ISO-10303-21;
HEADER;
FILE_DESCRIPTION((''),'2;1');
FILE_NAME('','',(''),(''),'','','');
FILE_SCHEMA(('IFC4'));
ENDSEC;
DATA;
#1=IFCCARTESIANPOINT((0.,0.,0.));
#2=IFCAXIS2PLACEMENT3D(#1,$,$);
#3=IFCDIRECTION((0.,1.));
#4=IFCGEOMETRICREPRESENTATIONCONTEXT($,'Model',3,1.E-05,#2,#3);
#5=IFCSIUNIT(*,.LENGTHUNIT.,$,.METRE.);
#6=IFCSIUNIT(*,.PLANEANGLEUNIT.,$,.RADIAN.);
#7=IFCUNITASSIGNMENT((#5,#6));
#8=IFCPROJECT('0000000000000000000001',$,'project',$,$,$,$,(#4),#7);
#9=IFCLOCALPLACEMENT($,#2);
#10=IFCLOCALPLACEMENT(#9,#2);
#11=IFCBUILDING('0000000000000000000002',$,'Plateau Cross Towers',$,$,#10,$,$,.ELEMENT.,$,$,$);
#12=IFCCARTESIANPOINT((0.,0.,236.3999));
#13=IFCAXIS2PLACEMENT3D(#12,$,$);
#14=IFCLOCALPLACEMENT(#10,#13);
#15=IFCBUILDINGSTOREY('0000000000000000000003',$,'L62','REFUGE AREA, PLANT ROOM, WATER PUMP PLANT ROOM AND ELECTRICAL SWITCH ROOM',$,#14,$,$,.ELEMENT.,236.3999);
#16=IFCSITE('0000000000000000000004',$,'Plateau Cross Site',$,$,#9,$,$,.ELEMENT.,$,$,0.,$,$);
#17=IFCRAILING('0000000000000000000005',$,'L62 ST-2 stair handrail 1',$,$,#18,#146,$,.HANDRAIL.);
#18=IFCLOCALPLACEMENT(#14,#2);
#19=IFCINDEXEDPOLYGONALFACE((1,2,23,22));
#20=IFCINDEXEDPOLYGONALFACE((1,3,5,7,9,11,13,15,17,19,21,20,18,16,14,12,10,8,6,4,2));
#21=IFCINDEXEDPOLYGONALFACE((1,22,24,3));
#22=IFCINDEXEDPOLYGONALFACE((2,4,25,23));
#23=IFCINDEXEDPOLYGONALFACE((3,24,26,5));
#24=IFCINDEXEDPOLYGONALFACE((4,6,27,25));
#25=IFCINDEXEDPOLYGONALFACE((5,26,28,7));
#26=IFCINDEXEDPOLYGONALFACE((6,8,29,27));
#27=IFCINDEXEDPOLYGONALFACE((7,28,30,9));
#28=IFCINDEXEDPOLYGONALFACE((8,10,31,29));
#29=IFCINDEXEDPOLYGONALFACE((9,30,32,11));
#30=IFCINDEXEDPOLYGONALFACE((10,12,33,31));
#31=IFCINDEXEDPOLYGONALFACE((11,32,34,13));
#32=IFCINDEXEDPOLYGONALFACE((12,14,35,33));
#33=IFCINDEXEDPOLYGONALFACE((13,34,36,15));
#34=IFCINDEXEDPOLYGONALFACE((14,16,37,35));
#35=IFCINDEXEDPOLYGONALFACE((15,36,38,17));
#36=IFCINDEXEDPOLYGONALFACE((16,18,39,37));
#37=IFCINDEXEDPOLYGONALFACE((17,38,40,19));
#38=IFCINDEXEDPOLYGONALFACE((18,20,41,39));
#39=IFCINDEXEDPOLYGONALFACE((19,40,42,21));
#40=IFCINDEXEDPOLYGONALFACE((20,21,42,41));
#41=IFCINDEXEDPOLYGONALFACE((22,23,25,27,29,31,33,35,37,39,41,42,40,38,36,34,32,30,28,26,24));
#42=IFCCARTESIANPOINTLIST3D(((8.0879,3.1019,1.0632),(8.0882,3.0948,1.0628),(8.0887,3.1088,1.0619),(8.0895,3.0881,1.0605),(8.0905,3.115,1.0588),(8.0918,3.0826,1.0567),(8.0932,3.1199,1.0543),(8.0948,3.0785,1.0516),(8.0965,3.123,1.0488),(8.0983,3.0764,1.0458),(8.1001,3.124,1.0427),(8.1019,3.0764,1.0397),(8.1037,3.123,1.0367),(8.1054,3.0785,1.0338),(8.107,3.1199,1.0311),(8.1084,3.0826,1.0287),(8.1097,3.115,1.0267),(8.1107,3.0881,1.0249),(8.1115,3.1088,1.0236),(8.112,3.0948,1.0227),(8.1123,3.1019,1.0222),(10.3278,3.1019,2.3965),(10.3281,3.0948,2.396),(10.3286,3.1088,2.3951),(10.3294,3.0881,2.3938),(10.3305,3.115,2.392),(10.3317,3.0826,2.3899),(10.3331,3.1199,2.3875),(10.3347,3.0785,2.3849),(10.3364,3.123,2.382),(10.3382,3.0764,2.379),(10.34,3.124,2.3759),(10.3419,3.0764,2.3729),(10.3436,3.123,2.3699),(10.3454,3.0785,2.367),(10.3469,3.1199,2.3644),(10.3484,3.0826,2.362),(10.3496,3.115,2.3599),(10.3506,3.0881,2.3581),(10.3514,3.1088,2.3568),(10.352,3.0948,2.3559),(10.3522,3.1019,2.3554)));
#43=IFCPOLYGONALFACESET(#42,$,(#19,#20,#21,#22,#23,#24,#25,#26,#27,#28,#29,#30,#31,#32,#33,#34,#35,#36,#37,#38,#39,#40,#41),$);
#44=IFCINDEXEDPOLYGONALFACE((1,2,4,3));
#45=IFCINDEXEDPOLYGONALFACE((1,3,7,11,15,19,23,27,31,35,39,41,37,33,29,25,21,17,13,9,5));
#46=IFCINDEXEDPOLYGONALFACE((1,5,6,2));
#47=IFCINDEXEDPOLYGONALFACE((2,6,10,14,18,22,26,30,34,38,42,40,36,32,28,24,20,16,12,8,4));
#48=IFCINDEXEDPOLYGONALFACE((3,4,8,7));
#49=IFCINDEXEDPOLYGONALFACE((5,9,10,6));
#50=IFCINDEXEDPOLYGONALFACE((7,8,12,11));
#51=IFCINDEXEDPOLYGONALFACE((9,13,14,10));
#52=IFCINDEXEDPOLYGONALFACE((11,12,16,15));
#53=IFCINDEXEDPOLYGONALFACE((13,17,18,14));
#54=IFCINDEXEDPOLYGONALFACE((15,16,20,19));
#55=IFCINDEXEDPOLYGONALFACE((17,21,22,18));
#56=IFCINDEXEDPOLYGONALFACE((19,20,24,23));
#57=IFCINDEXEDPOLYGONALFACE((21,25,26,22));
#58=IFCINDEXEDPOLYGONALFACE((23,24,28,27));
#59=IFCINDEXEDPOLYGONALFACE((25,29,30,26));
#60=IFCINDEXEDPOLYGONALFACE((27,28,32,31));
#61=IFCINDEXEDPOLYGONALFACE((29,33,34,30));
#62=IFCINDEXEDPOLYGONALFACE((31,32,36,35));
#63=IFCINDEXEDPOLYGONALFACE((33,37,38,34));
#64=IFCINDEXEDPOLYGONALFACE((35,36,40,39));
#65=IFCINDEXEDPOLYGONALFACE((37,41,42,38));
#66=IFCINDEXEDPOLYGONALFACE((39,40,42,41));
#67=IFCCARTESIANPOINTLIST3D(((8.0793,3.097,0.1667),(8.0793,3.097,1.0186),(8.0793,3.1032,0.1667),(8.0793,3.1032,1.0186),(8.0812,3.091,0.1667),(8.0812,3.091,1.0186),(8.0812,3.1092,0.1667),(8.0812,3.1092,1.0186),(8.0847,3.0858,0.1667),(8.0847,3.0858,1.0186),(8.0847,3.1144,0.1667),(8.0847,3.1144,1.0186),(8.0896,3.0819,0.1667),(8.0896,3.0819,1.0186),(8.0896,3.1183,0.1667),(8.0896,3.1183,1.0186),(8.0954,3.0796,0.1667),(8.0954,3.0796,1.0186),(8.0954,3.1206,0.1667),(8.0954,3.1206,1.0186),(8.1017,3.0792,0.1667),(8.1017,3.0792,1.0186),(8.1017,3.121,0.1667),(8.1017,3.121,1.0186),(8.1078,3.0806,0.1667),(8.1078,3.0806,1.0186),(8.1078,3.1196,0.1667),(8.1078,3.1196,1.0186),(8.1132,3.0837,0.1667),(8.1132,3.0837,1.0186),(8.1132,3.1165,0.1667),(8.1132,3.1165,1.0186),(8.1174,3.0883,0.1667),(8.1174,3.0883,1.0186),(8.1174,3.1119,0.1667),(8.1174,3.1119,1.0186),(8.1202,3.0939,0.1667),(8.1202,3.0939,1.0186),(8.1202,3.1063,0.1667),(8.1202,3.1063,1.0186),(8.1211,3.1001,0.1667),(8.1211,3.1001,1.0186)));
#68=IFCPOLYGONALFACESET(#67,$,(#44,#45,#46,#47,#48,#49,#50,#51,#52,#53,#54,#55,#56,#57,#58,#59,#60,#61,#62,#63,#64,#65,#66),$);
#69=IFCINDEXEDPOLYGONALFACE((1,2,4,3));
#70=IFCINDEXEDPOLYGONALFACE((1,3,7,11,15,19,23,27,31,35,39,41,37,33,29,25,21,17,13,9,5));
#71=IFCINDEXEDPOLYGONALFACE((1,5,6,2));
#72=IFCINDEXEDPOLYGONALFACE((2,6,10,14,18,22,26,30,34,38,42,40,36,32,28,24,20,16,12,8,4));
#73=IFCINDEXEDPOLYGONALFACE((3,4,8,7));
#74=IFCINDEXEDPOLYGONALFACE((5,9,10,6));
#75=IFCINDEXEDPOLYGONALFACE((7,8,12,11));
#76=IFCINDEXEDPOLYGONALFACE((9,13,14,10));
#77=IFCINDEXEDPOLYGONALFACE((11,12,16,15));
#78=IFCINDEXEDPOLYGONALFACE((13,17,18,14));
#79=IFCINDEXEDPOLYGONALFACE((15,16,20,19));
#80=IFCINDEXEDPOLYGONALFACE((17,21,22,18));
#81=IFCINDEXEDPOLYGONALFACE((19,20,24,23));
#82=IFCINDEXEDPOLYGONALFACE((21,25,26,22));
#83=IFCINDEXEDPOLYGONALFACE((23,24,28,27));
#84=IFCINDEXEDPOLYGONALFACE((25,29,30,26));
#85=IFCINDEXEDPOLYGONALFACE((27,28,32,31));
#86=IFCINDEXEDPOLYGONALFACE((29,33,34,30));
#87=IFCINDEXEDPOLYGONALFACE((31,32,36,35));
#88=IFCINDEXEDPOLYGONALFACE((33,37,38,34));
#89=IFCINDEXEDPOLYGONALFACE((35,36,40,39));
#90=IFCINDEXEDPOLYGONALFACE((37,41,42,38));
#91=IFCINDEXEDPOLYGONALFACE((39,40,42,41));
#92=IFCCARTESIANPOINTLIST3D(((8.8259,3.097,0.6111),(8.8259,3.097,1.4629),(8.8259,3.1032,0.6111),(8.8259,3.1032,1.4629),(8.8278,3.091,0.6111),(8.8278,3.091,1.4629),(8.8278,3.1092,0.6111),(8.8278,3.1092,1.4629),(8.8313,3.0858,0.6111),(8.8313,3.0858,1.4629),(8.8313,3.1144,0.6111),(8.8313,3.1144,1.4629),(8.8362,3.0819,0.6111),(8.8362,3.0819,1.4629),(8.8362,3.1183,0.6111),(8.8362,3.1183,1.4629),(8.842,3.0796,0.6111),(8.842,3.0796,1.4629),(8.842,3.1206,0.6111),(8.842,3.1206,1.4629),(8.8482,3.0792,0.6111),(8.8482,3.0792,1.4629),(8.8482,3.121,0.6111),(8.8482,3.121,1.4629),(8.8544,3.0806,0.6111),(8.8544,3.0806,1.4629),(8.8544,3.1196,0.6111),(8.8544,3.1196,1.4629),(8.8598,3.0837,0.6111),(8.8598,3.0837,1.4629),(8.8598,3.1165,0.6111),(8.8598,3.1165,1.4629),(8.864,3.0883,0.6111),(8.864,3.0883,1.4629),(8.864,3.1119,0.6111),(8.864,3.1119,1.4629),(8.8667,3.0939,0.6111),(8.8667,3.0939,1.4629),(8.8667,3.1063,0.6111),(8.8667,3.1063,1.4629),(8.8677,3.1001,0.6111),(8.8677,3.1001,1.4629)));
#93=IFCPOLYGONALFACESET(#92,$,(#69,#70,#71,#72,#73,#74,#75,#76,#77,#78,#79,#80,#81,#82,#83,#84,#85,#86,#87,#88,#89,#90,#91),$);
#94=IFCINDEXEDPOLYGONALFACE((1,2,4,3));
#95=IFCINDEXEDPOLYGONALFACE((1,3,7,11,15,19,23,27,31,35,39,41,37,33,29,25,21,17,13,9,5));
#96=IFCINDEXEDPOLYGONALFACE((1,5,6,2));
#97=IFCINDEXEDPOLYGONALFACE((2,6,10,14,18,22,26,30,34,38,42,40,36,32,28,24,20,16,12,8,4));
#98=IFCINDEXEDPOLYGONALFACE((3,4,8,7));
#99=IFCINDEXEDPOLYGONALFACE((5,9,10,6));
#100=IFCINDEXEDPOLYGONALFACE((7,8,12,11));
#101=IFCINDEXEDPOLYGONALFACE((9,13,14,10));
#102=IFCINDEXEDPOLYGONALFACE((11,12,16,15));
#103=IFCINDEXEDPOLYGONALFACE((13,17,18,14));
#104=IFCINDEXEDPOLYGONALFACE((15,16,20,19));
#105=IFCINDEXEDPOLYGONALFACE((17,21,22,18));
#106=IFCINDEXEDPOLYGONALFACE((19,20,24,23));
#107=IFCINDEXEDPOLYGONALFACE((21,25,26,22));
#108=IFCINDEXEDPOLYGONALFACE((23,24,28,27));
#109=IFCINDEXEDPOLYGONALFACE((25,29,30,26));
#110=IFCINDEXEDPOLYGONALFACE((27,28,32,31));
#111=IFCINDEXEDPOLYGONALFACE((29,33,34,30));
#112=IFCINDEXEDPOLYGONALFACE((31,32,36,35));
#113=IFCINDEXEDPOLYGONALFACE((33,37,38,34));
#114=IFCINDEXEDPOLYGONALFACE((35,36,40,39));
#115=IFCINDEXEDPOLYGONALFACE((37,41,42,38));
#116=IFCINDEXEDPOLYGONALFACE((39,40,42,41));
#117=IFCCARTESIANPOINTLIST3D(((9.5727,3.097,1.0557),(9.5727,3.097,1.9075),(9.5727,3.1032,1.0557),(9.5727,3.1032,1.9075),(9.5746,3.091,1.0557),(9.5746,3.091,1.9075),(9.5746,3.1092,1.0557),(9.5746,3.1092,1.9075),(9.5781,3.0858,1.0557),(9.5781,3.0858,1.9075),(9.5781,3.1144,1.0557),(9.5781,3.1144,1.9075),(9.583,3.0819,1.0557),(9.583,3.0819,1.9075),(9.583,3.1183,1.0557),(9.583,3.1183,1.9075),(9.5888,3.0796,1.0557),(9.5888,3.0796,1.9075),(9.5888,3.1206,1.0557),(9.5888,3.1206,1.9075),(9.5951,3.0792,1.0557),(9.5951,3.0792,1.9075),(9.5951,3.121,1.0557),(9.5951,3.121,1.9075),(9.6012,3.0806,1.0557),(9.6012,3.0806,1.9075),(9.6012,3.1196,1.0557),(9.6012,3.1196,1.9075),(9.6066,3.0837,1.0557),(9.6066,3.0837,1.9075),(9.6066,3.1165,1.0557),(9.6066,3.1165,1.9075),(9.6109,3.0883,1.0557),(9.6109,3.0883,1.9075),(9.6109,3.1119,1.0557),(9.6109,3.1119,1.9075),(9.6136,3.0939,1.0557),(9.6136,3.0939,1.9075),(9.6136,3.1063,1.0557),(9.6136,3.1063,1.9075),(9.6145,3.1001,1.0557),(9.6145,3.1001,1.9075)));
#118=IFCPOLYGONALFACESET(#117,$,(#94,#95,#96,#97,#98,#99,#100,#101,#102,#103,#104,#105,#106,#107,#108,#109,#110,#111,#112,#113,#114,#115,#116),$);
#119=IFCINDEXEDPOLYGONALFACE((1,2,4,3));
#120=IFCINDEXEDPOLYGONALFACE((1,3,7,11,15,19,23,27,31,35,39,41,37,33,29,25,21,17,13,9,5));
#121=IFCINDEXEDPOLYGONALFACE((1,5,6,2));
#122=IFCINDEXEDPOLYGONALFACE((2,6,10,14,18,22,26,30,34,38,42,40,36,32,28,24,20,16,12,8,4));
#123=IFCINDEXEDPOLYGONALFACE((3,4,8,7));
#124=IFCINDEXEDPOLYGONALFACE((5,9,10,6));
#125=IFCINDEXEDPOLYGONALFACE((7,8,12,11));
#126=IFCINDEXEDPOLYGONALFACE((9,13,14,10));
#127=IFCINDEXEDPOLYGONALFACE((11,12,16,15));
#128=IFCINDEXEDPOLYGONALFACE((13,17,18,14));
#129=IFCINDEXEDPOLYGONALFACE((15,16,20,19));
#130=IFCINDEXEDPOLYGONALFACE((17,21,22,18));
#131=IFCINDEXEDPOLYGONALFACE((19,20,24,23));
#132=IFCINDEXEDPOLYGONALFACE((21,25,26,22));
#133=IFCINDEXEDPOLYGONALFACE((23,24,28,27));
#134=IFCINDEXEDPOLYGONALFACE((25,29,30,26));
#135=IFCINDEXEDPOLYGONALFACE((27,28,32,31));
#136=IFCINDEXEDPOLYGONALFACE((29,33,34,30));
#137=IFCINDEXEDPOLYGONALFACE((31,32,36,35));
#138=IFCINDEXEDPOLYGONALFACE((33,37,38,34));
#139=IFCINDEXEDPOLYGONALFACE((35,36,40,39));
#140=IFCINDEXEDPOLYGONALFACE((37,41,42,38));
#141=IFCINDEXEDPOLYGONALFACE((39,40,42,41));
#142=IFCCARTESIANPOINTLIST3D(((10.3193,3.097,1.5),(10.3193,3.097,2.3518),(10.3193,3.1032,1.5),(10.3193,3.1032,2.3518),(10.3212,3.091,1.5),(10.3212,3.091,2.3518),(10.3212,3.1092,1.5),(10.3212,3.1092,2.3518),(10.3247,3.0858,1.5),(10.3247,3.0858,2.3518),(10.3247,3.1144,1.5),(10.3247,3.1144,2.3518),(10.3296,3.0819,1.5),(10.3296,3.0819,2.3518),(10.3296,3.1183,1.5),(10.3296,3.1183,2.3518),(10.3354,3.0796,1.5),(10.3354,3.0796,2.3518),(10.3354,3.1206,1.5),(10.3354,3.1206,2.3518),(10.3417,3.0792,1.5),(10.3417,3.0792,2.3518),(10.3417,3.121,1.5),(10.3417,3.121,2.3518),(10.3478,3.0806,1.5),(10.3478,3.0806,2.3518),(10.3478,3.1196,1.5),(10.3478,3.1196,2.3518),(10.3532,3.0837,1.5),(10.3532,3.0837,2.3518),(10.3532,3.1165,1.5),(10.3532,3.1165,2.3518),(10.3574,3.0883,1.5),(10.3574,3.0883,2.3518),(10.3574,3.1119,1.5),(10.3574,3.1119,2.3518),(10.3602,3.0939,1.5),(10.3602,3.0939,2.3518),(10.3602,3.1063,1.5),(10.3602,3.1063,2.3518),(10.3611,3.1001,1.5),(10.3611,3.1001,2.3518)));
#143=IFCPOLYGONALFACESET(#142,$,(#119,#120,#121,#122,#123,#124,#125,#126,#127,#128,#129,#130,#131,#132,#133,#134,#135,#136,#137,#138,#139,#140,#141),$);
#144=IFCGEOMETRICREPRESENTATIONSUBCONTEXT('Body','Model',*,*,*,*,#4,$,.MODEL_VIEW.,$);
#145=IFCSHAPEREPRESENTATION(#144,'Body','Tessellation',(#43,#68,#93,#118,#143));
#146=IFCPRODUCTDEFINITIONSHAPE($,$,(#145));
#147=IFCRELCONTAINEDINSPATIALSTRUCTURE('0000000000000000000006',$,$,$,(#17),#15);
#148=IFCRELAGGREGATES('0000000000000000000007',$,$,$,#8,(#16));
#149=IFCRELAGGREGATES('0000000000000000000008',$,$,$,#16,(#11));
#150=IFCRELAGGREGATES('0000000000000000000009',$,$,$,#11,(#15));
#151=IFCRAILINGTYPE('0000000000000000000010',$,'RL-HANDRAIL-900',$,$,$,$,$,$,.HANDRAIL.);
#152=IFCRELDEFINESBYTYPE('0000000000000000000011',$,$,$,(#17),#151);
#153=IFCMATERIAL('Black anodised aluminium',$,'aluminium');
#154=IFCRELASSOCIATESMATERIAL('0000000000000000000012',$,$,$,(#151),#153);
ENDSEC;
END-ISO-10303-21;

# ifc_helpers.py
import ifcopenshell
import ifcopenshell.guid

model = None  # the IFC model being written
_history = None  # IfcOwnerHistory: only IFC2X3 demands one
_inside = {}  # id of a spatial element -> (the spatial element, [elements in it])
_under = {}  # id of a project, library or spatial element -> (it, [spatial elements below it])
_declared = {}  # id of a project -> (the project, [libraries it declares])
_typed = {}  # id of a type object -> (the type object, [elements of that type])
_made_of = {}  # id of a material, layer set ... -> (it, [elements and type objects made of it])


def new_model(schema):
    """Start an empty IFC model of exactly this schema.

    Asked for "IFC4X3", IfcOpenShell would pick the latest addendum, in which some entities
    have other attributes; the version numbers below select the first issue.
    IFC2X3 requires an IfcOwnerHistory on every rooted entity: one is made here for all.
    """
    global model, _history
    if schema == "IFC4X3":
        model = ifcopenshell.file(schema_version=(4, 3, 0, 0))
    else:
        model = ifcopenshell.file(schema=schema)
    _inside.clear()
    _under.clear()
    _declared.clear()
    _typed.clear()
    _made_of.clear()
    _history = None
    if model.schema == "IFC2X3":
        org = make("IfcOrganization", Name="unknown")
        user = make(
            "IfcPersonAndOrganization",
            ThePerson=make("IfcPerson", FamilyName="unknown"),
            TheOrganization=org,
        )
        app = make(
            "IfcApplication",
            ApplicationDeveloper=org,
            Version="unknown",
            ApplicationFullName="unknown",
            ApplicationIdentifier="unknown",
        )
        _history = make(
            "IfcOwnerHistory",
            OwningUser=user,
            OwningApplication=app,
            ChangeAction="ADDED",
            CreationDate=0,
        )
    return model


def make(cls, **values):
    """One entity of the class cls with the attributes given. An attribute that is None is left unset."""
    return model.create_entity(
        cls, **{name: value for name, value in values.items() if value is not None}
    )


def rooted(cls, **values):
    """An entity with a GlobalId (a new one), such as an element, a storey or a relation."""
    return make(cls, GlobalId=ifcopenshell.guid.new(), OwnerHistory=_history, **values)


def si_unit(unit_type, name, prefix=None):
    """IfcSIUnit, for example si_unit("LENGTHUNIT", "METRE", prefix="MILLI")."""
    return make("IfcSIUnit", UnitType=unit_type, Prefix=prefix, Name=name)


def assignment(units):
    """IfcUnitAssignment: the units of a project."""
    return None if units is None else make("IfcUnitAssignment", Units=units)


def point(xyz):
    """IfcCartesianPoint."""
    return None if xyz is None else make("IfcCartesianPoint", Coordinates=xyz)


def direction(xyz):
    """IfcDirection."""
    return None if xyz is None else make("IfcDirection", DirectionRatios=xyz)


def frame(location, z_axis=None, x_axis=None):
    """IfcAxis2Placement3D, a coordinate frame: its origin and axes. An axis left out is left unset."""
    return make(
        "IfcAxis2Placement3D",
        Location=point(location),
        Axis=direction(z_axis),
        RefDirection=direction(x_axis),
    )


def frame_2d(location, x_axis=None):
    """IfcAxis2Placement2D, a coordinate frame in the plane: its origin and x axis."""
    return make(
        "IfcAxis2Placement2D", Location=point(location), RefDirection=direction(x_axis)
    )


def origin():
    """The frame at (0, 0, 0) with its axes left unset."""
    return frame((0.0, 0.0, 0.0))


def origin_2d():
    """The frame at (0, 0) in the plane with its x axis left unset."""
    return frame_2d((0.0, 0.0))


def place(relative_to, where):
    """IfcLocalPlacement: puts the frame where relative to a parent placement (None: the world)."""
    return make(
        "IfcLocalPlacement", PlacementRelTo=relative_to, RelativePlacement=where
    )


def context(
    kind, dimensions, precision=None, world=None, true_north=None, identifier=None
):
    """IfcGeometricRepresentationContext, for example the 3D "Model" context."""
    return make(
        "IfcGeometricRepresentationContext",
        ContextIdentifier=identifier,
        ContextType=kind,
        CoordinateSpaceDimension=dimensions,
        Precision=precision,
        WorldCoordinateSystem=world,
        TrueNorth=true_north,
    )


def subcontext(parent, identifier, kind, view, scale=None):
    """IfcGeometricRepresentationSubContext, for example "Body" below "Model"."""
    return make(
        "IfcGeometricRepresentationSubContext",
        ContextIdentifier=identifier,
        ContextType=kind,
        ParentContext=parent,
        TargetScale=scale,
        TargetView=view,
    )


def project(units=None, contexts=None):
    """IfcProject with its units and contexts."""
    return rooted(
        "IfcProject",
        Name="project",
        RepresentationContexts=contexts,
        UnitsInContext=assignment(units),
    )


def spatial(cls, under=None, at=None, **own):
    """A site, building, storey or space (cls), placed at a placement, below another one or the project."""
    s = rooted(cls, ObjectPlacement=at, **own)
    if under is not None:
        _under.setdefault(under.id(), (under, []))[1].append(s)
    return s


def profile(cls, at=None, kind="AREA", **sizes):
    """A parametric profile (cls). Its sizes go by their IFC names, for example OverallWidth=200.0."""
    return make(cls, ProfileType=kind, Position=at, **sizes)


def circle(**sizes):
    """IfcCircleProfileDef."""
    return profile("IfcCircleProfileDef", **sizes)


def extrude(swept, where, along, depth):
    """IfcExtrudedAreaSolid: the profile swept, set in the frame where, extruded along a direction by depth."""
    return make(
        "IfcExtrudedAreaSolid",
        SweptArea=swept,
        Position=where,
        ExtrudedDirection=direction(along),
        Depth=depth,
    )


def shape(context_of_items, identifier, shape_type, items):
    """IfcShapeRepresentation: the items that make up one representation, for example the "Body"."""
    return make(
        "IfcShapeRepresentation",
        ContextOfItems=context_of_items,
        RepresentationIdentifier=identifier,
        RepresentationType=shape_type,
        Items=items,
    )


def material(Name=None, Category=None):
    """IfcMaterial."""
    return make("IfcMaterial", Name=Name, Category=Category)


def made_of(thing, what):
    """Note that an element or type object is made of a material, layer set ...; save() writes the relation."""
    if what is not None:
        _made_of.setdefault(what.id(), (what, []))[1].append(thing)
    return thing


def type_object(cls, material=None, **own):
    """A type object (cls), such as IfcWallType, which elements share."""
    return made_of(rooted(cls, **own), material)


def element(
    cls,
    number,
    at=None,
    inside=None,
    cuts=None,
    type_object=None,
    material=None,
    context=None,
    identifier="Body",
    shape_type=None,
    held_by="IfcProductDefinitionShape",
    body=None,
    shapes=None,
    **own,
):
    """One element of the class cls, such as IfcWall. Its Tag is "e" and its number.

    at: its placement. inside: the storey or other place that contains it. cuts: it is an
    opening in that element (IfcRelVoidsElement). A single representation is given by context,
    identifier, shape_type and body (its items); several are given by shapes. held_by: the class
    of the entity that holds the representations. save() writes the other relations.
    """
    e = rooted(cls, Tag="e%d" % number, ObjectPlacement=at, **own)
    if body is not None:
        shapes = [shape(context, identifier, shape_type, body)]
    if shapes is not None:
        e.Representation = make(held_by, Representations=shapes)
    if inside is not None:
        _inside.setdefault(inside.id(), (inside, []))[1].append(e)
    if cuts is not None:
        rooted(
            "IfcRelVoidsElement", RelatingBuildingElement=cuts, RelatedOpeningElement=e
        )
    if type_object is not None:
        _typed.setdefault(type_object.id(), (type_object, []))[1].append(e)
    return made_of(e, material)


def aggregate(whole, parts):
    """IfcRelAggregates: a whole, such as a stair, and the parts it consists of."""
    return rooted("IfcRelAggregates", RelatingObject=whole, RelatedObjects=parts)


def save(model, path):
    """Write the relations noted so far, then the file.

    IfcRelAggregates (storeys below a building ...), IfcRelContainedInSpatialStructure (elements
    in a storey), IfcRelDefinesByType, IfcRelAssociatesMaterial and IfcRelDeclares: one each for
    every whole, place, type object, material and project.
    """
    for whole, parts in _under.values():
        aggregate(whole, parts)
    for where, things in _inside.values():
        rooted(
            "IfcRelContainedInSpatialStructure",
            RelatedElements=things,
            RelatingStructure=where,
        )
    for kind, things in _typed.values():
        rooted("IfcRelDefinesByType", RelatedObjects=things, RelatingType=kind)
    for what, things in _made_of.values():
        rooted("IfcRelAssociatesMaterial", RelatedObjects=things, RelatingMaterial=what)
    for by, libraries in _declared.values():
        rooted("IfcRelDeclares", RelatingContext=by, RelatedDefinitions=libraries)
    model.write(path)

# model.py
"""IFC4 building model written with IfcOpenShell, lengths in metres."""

from ifc_helpers import new_model, si_unit, direction, frame, origin, origin_2d, place, context, subcontext, project, spatial, circle, extrude, material, type_object, element, save


model = new_model("IFC4")

# Units and contexts
model_context = context("Model", 3, precision=1e-05, world=origin(), true_north=direction((0.0, 1.0)))
body_context = subcontext(model_context, "Body", "Model", "MODEL_VIEW")
ifc_project = project(units=[si_unit("LENGTHUNIT", "METRE"), si_unit("PLANEANGLEUNIT", "RADIAN")], contexts=[model_context])

# Site, building, storey
site_placement = place(None, origin())
site = spatial("IfcSite", under=ifc_project, at=site_placement, Name="Plateau Cross Site", CompositionType="ELEMENT", RefElevation=0.0)
building_placement = place(site_placement, origin())
building = spatial("IfcBuilding", under=site, at=building_placement, Name="Plateau Cross Towers", CompositionType="ELEMENT")
storey_placement = place(building_placement, frame((0.0, 0.0, 236.3999)))
storey = spatial("IfcBuildingStorey", under=building, at=storey_placement, Name="L62", Description="REFUGE AREA, PLANT ROOM, WATER PUMP PLANT ROOM AND ELECTRICAL SWITCH ROOM", CompositionType="ELEMENT", Elevation=236.3999)

# Shared definitions
ifc_material_1 = material(Name="Black anodised aluminium", Category="aluminium")

# Railing
railing_type_1 = type_object("IfcRailingType", Name="RL-HANDRAIL-900", PredefinedType="HANDRAIL", material=ifc_material_1)
railing_1_placement = place(storey_placement, frame((8.1001, 3.1001, 0.1667)))
element("IfcRailing", 1, at=railing_1_placement, inside=storey, type_object=railing_type_1, Name="L62 ST-2 stair handrail 1", PredefinedType="HANDRAIL", context=body_context, shape_type="SweptSolid", body=[
    extrude(circle(Radius=0.0239, at=origin_2d()), frame((0.0, 0.0, 0.876), z_axis=(0.859306, 0.0, 0.511462), x_axis=(0.0, 1.0, 0.0)), (0.0, 0.0, 1.0), 2.6067),
    extrude(circle(Radius=0.021, at=origin_2d()), origin(), (0.0, 0.0, 1.0), 0.8518),
    extrude(circle(Radius=0.021, at=origin_2d()), frame((0.7466, 0.0, 0.4443)), (0.0, 0.0, 1.0), 0.8518),
    extrude(circle(Radius=0.021, at=origin_2d()), frame((1.4934, 0.0, 0.8889)), (0.0, 0.0, 1.0), 0.8518),
    extrude(circle(Radius=0.021, at=origin_2d()), frame((2.24, 0.0, 1.3333)), (0.0, 0.0, 1.0), 0.8518),
])

save(model, "model.ifc")
